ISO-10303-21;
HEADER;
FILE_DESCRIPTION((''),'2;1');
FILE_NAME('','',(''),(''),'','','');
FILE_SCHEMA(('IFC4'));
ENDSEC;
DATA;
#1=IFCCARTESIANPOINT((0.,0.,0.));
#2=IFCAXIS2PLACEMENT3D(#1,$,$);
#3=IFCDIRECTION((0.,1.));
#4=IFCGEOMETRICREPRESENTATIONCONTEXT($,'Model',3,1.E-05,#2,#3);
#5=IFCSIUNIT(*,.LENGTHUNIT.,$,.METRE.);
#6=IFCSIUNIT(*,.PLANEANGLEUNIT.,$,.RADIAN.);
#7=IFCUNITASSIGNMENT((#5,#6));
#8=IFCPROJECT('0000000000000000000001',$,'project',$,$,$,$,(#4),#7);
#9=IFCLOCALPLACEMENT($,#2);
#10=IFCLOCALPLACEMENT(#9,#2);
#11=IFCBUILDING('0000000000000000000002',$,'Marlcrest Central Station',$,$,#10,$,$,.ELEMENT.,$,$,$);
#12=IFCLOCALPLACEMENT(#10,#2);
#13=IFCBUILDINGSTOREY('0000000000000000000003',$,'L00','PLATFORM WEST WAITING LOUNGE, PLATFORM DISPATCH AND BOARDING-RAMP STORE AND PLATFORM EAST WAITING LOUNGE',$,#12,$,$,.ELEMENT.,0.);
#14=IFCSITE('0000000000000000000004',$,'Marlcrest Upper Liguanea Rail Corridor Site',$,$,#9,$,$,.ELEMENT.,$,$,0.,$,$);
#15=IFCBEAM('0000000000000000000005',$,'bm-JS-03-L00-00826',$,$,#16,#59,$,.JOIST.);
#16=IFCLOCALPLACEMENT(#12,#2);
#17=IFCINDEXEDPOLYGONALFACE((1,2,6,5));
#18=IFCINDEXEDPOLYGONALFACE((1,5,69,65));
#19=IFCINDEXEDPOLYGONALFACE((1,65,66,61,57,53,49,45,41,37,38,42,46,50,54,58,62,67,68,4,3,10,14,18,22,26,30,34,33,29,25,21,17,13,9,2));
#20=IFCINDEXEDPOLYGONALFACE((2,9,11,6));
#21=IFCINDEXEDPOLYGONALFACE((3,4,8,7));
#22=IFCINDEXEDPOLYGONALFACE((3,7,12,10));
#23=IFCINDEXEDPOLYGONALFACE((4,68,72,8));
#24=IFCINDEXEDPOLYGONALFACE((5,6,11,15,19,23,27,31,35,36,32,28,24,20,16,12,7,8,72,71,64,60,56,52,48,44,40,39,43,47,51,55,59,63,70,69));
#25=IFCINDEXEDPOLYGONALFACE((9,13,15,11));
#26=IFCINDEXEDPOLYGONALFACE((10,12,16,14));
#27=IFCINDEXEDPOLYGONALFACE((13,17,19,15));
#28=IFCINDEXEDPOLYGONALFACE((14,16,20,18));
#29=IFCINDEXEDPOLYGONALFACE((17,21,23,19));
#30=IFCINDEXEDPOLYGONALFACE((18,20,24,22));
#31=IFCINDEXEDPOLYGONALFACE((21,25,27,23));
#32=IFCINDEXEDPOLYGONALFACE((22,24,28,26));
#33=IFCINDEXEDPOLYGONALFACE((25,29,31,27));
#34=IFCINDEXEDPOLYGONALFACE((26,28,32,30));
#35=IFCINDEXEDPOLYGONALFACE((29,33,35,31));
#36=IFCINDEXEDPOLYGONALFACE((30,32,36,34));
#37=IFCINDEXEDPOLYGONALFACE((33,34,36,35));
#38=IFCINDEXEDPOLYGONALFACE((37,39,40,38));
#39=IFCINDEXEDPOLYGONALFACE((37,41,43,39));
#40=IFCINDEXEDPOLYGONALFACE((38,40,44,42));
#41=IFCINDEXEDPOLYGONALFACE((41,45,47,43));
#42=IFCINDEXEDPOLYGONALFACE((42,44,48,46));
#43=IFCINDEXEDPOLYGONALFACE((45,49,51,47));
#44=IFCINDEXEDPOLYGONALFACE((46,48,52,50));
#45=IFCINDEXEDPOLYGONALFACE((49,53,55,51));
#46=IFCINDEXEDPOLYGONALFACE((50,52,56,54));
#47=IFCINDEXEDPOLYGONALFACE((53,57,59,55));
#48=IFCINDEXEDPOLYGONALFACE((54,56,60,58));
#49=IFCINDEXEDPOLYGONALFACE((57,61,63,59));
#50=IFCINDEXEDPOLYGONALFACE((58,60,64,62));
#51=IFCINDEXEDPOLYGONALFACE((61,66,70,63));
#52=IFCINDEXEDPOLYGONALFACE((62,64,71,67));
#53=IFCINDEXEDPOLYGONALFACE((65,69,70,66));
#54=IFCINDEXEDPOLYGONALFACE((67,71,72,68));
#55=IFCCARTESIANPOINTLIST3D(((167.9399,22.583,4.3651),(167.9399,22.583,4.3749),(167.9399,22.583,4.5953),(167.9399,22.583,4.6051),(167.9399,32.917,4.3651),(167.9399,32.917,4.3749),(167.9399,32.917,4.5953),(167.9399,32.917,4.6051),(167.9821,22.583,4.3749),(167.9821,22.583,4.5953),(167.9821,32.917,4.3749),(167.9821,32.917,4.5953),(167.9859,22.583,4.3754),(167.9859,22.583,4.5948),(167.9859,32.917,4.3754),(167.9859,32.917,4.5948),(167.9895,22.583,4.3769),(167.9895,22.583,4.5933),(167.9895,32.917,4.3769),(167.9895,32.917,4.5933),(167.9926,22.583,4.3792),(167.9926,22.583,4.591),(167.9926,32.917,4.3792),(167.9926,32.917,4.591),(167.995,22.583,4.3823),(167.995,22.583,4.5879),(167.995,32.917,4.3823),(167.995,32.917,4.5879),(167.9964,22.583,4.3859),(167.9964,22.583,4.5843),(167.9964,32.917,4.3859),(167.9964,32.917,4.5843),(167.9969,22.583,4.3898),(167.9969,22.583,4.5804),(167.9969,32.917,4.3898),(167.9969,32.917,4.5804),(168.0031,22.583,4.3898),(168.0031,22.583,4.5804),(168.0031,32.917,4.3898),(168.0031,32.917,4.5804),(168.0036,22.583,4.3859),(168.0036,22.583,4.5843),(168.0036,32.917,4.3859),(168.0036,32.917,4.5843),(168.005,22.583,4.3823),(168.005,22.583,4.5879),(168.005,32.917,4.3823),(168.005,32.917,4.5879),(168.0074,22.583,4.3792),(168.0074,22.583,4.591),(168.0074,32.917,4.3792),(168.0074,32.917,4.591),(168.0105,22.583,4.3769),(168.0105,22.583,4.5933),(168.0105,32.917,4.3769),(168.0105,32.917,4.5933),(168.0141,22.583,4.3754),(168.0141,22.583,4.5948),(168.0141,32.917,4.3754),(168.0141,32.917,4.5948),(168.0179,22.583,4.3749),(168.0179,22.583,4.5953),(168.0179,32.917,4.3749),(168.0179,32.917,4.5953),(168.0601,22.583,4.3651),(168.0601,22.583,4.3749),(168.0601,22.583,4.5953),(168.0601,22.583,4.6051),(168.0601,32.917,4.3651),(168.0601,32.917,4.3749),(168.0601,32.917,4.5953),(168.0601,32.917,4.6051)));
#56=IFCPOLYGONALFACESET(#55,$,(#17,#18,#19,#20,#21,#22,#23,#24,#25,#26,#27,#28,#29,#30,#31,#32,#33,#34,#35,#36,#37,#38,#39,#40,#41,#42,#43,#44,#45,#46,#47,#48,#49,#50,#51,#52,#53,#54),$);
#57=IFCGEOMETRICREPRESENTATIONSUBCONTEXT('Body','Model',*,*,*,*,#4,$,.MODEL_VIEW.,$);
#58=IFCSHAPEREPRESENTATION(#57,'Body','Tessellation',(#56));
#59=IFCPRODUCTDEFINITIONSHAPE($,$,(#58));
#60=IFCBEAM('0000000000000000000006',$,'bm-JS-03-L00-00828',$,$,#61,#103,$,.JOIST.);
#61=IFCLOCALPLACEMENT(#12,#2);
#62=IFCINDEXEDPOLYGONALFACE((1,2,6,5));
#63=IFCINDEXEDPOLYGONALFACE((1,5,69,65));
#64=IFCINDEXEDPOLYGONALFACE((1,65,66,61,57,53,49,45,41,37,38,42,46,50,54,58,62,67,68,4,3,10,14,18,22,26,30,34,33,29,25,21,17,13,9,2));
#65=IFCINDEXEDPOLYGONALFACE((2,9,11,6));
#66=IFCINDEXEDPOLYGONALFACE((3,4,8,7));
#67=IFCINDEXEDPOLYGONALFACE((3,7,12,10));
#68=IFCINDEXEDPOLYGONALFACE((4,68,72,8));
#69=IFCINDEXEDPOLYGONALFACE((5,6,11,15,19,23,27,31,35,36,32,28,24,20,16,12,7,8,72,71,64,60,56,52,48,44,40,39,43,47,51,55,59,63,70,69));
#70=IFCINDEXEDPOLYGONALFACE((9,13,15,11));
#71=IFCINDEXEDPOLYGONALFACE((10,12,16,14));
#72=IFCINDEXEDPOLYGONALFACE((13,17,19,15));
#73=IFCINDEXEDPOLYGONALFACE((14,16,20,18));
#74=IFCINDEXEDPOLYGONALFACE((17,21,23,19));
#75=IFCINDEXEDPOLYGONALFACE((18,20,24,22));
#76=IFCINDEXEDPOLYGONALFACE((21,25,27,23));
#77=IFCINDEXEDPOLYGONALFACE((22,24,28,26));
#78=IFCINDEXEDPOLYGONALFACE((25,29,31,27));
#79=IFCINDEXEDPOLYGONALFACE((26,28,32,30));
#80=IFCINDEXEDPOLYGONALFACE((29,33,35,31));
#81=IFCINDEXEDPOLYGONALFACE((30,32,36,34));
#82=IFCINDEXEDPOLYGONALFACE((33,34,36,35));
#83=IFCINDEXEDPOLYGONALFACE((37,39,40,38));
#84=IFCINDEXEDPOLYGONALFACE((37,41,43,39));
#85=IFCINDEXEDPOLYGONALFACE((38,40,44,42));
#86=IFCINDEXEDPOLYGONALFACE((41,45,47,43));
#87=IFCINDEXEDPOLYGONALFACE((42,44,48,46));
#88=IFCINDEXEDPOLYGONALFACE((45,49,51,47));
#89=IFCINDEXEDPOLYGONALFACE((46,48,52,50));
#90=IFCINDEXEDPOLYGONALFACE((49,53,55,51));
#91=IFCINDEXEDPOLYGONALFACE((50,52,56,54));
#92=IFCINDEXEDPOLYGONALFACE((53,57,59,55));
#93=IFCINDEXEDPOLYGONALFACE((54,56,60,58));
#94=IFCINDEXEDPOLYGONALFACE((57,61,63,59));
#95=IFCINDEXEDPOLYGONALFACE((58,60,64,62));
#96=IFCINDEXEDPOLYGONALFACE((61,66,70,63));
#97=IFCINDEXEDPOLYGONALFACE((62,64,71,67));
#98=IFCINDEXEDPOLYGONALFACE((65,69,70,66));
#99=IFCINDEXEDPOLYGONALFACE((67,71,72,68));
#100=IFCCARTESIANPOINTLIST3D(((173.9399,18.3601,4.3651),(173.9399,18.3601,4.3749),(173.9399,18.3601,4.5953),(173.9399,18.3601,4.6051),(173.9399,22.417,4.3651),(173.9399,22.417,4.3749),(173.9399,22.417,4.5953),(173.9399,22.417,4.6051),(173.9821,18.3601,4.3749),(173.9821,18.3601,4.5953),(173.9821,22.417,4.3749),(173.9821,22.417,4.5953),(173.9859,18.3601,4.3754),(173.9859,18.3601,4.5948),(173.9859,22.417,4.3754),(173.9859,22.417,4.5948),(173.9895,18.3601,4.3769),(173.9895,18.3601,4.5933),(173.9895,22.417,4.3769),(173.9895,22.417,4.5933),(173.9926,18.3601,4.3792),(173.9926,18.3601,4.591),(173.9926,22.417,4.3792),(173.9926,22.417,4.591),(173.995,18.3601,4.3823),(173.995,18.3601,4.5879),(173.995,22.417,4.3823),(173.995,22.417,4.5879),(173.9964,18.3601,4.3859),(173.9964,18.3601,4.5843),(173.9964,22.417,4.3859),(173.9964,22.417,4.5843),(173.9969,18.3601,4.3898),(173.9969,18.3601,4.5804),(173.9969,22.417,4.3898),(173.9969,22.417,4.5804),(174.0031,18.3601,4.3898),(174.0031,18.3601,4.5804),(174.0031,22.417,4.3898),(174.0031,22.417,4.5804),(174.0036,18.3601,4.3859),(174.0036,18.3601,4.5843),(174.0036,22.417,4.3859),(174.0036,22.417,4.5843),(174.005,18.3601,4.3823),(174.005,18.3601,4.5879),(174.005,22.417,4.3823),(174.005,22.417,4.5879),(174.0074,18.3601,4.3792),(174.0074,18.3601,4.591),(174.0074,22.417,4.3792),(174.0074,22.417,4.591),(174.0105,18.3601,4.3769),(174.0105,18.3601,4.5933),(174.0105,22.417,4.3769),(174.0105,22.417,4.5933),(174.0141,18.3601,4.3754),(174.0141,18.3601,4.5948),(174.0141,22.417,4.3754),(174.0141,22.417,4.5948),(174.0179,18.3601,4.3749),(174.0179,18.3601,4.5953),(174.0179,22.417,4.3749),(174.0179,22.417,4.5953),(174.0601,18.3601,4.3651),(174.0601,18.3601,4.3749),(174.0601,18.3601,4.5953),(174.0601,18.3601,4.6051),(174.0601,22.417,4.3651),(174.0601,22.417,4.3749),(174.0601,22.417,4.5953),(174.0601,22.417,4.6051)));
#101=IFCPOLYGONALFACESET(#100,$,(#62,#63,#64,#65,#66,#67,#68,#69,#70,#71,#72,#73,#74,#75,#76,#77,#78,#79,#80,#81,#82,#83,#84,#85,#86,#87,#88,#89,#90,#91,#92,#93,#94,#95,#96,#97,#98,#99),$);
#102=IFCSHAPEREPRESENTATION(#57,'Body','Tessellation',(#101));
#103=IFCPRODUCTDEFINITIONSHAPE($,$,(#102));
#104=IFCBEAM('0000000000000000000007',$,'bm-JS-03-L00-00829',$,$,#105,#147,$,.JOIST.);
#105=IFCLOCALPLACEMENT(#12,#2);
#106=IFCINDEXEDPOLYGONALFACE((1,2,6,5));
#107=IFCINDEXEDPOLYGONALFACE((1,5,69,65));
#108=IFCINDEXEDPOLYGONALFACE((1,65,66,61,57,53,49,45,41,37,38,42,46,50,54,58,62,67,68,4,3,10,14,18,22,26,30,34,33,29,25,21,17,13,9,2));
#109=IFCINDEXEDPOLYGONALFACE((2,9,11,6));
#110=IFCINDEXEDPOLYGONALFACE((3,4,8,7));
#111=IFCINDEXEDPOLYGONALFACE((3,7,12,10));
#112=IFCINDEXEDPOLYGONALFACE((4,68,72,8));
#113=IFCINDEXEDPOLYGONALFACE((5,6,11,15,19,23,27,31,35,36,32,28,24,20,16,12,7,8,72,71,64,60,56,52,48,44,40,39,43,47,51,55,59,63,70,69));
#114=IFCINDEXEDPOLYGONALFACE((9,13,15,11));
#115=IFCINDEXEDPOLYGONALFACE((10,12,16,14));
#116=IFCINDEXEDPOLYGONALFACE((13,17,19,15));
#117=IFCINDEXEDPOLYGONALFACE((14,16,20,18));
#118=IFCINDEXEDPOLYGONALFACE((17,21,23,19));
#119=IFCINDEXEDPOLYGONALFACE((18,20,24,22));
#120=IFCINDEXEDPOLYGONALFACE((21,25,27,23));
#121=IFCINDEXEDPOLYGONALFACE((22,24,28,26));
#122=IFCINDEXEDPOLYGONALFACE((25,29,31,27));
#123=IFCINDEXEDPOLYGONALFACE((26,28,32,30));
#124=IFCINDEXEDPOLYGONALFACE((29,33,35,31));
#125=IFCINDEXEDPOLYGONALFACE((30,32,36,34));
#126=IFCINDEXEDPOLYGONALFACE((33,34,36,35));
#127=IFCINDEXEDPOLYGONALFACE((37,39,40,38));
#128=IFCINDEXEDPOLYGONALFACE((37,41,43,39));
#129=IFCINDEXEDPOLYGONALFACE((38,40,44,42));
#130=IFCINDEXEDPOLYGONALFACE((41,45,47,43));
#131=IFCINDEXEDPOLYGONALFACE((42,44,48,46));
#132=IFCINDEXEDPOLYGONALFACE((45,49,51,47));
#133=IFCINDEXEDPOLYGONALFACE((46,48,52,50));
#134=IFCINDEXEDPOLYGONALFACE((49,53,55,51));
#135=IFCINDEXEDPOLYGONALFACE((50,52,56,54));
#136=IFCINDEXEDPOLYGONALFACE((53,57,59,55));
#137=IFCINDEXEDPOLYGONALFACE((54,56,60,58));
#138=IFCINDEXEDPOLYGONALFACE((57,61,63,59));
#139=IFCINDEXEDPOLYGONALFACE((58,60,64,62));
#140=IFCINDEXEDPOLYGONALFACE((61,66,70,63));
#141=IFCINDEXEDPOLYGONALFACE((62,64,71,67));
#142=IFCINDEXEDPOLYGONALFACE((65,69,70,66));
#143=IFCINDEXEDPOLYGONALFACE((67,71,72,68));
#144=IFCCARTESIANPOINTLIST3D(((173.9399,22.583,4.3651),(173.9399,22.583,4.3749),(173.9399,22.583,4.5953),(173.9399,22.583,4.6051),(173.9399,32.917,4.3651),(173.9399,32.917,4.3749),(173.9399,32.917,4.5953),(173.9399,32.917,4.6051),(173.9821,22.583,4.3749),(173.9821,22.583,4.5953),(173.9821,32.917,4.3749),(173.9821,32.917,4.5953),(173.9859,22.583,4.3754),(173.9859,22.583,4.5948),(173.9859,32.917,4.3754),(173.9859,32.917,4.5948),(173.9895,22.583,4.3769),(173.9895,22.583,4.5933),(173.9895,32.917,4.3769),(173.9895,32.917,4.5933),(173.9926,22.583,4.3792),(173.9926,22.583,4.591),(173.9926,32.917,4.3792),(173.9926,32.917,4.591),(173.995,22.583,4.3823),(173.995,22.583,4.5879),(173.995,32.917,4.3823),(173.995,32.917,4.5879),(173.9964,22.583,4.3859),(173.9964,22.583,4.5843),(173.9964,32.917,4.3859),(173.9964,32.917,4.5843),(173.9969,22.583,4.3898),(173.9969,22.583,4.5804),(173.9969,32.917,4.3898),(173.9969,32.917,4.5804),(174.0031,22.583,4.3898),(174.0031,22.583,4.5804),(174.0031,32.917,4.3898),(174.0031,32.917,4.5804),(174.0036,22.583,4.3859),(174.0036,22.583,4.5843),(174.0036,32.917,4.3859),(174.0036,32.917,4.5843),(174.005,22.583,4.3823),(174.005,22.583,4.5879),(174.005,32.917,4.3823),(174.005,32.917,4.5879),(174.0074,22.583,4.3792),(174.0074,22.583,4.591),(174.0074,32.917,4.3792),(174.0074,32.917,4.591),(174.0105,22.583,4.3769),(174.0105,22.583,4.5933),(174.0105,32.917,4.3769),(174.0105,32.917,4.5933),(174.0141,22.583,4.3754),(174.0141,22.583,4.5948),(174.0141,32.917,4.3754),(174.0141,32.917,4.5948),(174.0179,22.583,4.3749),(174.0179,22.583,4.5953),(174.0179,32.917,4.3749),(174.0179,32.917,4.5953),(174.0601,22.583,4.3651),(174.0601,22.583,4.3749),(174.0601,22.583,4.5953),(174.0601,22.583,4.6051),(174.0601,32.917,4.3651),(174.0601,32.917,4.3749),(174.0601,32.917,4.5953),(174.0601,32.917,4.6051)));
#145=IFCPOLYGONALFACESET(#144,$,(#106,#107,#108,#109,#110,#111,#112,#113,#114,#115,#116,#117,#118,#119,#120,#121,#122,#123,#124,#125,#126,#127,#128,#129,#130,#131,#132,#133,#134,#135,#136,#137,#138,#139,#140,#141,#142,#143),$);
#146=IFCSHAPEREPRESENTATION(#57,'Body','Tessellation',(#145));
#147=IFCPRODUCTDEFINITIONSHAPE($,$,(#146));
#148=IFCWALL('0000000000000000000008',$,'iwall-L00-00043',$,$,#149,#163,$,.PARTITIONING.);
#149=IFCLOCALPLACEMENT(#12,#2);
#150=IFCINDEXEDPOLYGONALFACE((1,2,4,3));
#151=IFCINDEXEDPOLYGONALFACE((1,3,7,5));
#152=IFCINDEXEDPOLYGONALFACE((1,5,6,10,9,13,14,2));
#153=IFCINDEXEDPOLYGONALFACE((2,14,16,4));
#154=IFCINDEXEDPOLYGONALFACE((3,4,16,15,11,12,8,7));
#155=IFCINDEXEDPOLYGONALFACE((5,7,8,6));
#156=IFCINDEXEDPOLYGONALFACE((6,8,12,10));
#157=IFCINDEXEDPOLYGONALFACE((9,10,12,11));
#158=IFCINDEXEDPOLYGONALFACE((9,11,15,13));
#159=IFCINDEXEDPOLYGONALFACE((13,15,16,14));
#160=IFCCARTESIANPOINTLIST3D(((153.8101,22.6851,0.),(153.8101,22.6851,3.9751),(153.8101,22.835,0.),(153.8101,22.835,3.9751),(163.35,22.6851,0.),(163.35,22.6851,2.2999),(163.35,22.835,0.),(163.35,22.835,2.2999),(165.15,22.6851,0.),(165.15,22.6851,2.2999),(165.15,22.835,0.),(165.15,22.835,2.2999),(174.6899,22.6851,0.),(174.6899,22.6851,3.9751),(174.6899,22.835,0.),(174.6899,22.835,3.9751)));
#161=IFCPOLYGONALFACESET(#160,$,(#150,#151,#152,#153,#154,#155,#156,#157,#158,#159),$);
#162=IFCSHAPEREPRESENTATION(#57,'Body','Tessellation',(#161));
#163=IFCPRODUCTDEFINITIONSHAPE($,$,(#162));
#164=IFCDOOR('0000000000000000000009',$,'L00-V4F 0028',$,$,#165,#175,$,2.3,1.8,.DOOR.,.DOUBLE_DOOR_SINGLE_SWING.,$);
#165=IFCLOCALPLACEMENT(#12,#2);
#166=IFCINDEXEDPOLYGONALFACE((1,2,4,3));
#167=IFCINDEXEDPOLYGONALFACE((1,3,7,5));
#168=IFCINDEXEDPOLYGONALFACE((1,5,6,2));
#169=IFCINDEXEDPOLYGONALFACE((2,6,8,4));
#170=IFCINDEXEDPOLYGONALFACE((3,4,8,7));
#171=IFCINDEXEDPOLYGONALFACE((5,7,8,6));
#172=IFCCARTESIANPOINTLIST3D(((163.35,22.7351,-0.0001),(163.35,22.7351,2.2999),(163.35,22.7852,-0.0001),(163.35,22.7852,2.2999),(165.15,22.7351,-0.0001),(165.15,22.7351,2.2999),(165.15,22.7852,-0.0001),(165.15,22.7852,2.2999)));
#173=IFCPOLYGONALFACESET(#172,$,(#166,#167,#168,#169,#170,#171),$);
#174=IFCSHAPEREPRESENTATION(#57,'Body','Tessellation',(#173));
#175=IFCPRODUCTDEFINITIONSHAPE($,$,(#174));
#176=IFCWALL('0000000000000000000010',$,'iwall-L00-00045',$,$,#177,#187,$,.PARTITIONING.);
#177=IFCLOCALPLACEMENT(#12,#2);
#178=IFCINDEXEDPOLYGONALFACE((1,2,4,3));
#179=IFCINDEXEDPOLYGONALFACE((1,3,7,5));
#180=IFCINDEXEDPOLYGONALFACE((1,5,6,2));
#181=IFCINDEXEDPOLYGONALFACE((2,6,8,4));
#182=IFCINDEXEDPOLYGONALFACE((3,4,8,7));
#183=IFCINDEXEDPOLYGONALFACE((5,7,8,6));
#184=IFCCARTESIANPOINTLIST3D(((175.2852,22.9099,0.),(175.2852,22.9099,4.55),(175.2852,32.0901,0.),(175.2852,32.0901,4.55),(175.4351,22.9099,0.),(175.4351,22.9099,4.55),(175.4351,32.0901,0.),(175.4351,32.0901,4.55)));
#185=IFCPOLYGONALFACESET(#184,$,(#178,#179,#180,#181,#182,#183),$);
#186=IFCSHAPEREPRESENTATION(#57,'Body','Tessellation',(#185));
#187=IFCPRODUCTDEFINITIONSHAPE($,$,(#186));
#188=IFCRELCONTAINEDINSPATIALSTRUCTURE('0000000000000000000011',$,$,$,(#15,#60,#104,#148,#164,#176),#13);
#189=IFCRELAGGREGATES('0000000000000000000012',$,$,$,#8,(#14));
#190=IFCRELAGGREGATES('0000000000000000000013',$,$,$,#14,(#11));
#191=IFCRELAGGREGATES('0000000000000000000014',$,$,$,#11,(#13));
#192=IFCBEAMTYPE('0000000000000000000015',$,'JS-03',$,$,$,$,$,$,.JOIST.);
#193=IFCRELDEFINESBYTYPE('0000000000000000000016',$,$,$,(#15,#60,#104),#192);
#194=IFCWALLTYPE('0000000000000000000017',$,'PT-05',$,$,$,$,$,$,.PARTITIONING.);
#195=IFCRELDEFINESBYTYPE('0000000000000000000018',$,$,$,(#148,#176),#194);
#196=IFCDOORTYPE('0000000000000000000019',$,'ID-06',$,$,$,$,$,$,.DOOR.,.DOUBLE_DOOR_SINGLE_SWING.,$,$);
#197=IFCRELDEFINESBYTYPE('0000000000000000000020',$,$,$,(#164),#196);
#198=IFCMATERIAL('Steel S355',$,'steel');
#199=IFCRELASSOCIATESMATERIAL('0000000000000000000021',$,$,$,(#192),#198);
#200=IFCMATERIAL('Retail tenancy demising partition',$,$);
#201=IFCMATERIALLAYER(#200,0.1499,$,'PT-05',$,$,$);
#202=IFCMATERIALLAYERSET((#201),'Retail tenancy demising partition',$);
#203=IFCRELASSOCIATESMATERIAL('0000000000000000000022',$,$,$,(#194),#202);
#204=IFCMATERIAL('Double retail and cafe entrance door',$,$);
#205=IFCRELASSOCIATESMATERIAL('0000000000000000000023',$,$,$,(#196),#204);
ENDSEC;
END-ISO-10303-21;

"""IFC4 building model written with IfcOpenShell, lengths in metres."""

from ifc_helpers import new_model, si_unit, direction, frame, frame_2d, origin, origin_2d, place, context, subcontext, project, spatial, rectangle, i_section, extrude, material, layer, layer_set, material_profile, profile_set, type_object, element, fill, save


model = new_model("IFC4")

# Units and contexts
model_context = context("Model", 3, precision=1e-05, world=origin(), true_north=direction((0.0, 1.0)))
body_context = subcontext(model_context, "Body", "Model", "MODEL_VIEW")
ifc_project = project(units=[si_unit("LENGTHUNIT", "METRE"), si_unit("PLANEANGLEUNIT", "RADIAN")], contexts=[model_context])

# Site, building, storey
site_placement = place(None, origin())
site = spatial("IfcSite", under=ifc_project, at=site_placement, Name="Marlcrest Upper Liguanea Rail Corridor Site", CompositionType="ELEMENT", RefElevation=0.0)
building_placement = place(site_placement, origin())
building = spatial("IfcBuilding", under=site, at=building_placement, Name="Marlcrest Central Station", CompositionType="ELEMENT")
storey_placement = place(building_placement, origin())
storey = spatial("IfcBuildingStorey", under=building, at=storey_placement, Name="L00", Description="PLATFORM WEST WAITING LOUNGE, PLATFORM DISPATCH AND BOARDING-RAMP STORE AND PLATFORM EAST WAITING LOUNGE", CompositionType="ELEMENT", Elevation=0.0)

# Beams
ifc_material_1 = material(Name="Steel S355", Category="steel")
ifc_material_profile_1 = material_profile(ifc_material_1, i_section(OverallWidth=0.1201, OverallDepth=0.24, WebThickness=0.0061, FlangeThickness=0.0098, FilletRadius=0.0149, at=origin_2d()), Name="IPE 240")
ifc_profile_set_1 = profile_set([ifc_material_profile_1], Name="Steel S355")
beam_type_1 = type_object("IfcBeamType", Name="JS-03", PredefinedType="JOIST", material=ifc_profile_set_1)
for number, where, z_axis, x_axis, name in (
    (1, (168.0, 22.583, 4.4851), (0.0, 1.0, 0.0), (-1.0, 0.0, 0.0), "bm-JS-03-L00-00826"),
):
    element("IfcBeam", number, at=place(storey_placement, frame(where, z_axis=z_axis, x_axis=x_axis)), inside=storey, type_object=beam_type_1, Name=name, PredefinedType="JOIST", context=body_context, shape_type="SweptSolid", body=[
        extrude(i_section(OverallWidth=0.1201, OverallDepth=0.24, WebThickness=0.0061, FlangeThickness=0.0098, FilletRadius=0.0149, at=origin_2d()), origin(), (0.0, 0.0, 1.0), 10.334),
    ])
beam_1_placement = place(storey_placement, frame((174.0, 18.3601, 4.4851), z_axis=(0.0, 1.0, 0.0), x_axis=(-1.0, 0.0, 0.0)))
element("IfcBeam", 2, at=beam_1_placement, inside=storey, type_object=beam_type_1, Name="bm-JS-03-L00-00828", PredefinedType="JOIST", context=body_context, shape_type="SweptSolid", body=[
    extrude(i_section(OverallWidth=0.1201, OverallDepth=0.24, WebThickness=0.0061, FlangeThickness=0.0098, FilletRadius=0.0149, at=origin_2d()), origin(), (0.0, 0.0, 1.0), 4.0569),
])
beam_2_placement = place(storey_placement, frame((174.0, 22.583, 4.4851), z_axis=(0.0, 1.0, 0.0), x_axis=(-1.0, 0.0, 0.0)))
element("IfcBeam", 3, at=beam_2_placement, inside=storey, type_object=beam_type_1, Name="bm-JS-03-L00-00829", PredefinedType="JOIST", context=body_context, shape_type="SweptSolid", body=[
    extrude(i_section(OverallWidth=0.1201, OverallDepth=0.24, WebThickness=0.0061, FlangeThickness=0.0098, FilletRadius=0.0149, at=origin_2d()), origin(), (0.0, 0.0, 1.0), 10.334),
])

# Wall, opening, door
ifc_material_2 = material(Name="Retail tenancy demising partition")
ifc_layer_1 = layer(ifc_material_2, 0.1499, Name="PT-05")
ifc_layer_set_1 = layer_set([ifc_layer_1], Name="Retail tenancy demising partition")
wall_type_1 = type_object("IfcWallType", Name="PT-05", PredefinedType="PARTITIONING", material=ifc_layer_set_1)
wall_1_placement = place(storey_placement, frame((174.6899, 22.76, 0.0), z_axis=(0.0, 0.0, 1.0), x_axis=(-1.0, 0.0, 0.0)))
wall_1 = element("IfcWall", 4, at=wall_1_placement, inside=storey, type_object=wall_type_1, Name="iwall-L00-00043", PredefinedType="PARTITIONING", context=body_context, shape_type="SweptSolid", body=[
    extrude(rectangle(XDim=20.8799, YDim=0.1499, at=frame_2d((10.4399, 0.0))), origin(), (0.0, 0.0, 1.0), 3.9751),
])
opening_1_placement = place(wall_1_placement, frame((9.54, 0.0, 0.0)))
opening_1 = element("IfcOpeningElement", 5, at=opening_1_placement, cuts=wall_1, PredefinedType="OPENING", context=body_context, shape_type="SweptSolid", body=[
    extrude(rectangle(XDim=1.8, YDim=2.3, at=frame_2d((0.8999, 1.1499))), frame((0.0, 0.085, 0.0), z_axis=(0.0, -1.0, 0.0), x_axis=(1.0, 0.0, 0.0)), (0.0, 0.0, 1.0), 0.1699),
])
ifc_material_3 = material(Name="Double retail and cafe entrance door")
door_type_1 = type_object("IfcDoorType", Name="ID-06", OperationType="DOUBLE_DOOR_SINGLE_SWING", PredefinedType="DOOR", material=ifc_material_3)
door_1_placement = place(opening_1_placement, origin())
door_1 = element("IfcDoor", 6, at=door_1_placement, inside=storey, type_object=door_type_1, Name="L00-V4F 0028", OperationType="DOUBLE_DOOR_SINGLE_SWING", OverallHeight=2.3, OverallWidth=1.8, PredefinedType="DOOR", context=body_context, shape_type="SweptSolid", body=[
    extrude(rectangle(XDim=1.8, YDim=2.3, at=frame_2d((0.8999, 1.1499))), frame((0.0, 0.0249, 0.0), z_axis=(0.0, -1.0, 0.0), x_axis=(1.0, 0.0, 0.0)), (0.0, 0.0, 1.0), 0.05),
])
fill(opening_1, door_1)

# Wall
wall_2_placement = place(storey_placement, frame((175.3601, 22.9099, 0.0), z_axis=(0.0, 0.0, 1.0), x_axis=(0.0, 1.0, 0.0)))
element("IfcWall", 7, at=wall_2_placement, inside=storey, type_object=wall_type_1, Name="iwall-L00-00045", PredefinedType="PARTITIONING", context=body_context, shape_type="SweptSolid", body=[
    extrude(rectangle(XDim=9.1802, YDim=0.1499, at=frame_2d((4.5901, 0.0))), origin(), (0.0, 0.0, 1.0), 4.55),
])

save(model, "model.ifc")
